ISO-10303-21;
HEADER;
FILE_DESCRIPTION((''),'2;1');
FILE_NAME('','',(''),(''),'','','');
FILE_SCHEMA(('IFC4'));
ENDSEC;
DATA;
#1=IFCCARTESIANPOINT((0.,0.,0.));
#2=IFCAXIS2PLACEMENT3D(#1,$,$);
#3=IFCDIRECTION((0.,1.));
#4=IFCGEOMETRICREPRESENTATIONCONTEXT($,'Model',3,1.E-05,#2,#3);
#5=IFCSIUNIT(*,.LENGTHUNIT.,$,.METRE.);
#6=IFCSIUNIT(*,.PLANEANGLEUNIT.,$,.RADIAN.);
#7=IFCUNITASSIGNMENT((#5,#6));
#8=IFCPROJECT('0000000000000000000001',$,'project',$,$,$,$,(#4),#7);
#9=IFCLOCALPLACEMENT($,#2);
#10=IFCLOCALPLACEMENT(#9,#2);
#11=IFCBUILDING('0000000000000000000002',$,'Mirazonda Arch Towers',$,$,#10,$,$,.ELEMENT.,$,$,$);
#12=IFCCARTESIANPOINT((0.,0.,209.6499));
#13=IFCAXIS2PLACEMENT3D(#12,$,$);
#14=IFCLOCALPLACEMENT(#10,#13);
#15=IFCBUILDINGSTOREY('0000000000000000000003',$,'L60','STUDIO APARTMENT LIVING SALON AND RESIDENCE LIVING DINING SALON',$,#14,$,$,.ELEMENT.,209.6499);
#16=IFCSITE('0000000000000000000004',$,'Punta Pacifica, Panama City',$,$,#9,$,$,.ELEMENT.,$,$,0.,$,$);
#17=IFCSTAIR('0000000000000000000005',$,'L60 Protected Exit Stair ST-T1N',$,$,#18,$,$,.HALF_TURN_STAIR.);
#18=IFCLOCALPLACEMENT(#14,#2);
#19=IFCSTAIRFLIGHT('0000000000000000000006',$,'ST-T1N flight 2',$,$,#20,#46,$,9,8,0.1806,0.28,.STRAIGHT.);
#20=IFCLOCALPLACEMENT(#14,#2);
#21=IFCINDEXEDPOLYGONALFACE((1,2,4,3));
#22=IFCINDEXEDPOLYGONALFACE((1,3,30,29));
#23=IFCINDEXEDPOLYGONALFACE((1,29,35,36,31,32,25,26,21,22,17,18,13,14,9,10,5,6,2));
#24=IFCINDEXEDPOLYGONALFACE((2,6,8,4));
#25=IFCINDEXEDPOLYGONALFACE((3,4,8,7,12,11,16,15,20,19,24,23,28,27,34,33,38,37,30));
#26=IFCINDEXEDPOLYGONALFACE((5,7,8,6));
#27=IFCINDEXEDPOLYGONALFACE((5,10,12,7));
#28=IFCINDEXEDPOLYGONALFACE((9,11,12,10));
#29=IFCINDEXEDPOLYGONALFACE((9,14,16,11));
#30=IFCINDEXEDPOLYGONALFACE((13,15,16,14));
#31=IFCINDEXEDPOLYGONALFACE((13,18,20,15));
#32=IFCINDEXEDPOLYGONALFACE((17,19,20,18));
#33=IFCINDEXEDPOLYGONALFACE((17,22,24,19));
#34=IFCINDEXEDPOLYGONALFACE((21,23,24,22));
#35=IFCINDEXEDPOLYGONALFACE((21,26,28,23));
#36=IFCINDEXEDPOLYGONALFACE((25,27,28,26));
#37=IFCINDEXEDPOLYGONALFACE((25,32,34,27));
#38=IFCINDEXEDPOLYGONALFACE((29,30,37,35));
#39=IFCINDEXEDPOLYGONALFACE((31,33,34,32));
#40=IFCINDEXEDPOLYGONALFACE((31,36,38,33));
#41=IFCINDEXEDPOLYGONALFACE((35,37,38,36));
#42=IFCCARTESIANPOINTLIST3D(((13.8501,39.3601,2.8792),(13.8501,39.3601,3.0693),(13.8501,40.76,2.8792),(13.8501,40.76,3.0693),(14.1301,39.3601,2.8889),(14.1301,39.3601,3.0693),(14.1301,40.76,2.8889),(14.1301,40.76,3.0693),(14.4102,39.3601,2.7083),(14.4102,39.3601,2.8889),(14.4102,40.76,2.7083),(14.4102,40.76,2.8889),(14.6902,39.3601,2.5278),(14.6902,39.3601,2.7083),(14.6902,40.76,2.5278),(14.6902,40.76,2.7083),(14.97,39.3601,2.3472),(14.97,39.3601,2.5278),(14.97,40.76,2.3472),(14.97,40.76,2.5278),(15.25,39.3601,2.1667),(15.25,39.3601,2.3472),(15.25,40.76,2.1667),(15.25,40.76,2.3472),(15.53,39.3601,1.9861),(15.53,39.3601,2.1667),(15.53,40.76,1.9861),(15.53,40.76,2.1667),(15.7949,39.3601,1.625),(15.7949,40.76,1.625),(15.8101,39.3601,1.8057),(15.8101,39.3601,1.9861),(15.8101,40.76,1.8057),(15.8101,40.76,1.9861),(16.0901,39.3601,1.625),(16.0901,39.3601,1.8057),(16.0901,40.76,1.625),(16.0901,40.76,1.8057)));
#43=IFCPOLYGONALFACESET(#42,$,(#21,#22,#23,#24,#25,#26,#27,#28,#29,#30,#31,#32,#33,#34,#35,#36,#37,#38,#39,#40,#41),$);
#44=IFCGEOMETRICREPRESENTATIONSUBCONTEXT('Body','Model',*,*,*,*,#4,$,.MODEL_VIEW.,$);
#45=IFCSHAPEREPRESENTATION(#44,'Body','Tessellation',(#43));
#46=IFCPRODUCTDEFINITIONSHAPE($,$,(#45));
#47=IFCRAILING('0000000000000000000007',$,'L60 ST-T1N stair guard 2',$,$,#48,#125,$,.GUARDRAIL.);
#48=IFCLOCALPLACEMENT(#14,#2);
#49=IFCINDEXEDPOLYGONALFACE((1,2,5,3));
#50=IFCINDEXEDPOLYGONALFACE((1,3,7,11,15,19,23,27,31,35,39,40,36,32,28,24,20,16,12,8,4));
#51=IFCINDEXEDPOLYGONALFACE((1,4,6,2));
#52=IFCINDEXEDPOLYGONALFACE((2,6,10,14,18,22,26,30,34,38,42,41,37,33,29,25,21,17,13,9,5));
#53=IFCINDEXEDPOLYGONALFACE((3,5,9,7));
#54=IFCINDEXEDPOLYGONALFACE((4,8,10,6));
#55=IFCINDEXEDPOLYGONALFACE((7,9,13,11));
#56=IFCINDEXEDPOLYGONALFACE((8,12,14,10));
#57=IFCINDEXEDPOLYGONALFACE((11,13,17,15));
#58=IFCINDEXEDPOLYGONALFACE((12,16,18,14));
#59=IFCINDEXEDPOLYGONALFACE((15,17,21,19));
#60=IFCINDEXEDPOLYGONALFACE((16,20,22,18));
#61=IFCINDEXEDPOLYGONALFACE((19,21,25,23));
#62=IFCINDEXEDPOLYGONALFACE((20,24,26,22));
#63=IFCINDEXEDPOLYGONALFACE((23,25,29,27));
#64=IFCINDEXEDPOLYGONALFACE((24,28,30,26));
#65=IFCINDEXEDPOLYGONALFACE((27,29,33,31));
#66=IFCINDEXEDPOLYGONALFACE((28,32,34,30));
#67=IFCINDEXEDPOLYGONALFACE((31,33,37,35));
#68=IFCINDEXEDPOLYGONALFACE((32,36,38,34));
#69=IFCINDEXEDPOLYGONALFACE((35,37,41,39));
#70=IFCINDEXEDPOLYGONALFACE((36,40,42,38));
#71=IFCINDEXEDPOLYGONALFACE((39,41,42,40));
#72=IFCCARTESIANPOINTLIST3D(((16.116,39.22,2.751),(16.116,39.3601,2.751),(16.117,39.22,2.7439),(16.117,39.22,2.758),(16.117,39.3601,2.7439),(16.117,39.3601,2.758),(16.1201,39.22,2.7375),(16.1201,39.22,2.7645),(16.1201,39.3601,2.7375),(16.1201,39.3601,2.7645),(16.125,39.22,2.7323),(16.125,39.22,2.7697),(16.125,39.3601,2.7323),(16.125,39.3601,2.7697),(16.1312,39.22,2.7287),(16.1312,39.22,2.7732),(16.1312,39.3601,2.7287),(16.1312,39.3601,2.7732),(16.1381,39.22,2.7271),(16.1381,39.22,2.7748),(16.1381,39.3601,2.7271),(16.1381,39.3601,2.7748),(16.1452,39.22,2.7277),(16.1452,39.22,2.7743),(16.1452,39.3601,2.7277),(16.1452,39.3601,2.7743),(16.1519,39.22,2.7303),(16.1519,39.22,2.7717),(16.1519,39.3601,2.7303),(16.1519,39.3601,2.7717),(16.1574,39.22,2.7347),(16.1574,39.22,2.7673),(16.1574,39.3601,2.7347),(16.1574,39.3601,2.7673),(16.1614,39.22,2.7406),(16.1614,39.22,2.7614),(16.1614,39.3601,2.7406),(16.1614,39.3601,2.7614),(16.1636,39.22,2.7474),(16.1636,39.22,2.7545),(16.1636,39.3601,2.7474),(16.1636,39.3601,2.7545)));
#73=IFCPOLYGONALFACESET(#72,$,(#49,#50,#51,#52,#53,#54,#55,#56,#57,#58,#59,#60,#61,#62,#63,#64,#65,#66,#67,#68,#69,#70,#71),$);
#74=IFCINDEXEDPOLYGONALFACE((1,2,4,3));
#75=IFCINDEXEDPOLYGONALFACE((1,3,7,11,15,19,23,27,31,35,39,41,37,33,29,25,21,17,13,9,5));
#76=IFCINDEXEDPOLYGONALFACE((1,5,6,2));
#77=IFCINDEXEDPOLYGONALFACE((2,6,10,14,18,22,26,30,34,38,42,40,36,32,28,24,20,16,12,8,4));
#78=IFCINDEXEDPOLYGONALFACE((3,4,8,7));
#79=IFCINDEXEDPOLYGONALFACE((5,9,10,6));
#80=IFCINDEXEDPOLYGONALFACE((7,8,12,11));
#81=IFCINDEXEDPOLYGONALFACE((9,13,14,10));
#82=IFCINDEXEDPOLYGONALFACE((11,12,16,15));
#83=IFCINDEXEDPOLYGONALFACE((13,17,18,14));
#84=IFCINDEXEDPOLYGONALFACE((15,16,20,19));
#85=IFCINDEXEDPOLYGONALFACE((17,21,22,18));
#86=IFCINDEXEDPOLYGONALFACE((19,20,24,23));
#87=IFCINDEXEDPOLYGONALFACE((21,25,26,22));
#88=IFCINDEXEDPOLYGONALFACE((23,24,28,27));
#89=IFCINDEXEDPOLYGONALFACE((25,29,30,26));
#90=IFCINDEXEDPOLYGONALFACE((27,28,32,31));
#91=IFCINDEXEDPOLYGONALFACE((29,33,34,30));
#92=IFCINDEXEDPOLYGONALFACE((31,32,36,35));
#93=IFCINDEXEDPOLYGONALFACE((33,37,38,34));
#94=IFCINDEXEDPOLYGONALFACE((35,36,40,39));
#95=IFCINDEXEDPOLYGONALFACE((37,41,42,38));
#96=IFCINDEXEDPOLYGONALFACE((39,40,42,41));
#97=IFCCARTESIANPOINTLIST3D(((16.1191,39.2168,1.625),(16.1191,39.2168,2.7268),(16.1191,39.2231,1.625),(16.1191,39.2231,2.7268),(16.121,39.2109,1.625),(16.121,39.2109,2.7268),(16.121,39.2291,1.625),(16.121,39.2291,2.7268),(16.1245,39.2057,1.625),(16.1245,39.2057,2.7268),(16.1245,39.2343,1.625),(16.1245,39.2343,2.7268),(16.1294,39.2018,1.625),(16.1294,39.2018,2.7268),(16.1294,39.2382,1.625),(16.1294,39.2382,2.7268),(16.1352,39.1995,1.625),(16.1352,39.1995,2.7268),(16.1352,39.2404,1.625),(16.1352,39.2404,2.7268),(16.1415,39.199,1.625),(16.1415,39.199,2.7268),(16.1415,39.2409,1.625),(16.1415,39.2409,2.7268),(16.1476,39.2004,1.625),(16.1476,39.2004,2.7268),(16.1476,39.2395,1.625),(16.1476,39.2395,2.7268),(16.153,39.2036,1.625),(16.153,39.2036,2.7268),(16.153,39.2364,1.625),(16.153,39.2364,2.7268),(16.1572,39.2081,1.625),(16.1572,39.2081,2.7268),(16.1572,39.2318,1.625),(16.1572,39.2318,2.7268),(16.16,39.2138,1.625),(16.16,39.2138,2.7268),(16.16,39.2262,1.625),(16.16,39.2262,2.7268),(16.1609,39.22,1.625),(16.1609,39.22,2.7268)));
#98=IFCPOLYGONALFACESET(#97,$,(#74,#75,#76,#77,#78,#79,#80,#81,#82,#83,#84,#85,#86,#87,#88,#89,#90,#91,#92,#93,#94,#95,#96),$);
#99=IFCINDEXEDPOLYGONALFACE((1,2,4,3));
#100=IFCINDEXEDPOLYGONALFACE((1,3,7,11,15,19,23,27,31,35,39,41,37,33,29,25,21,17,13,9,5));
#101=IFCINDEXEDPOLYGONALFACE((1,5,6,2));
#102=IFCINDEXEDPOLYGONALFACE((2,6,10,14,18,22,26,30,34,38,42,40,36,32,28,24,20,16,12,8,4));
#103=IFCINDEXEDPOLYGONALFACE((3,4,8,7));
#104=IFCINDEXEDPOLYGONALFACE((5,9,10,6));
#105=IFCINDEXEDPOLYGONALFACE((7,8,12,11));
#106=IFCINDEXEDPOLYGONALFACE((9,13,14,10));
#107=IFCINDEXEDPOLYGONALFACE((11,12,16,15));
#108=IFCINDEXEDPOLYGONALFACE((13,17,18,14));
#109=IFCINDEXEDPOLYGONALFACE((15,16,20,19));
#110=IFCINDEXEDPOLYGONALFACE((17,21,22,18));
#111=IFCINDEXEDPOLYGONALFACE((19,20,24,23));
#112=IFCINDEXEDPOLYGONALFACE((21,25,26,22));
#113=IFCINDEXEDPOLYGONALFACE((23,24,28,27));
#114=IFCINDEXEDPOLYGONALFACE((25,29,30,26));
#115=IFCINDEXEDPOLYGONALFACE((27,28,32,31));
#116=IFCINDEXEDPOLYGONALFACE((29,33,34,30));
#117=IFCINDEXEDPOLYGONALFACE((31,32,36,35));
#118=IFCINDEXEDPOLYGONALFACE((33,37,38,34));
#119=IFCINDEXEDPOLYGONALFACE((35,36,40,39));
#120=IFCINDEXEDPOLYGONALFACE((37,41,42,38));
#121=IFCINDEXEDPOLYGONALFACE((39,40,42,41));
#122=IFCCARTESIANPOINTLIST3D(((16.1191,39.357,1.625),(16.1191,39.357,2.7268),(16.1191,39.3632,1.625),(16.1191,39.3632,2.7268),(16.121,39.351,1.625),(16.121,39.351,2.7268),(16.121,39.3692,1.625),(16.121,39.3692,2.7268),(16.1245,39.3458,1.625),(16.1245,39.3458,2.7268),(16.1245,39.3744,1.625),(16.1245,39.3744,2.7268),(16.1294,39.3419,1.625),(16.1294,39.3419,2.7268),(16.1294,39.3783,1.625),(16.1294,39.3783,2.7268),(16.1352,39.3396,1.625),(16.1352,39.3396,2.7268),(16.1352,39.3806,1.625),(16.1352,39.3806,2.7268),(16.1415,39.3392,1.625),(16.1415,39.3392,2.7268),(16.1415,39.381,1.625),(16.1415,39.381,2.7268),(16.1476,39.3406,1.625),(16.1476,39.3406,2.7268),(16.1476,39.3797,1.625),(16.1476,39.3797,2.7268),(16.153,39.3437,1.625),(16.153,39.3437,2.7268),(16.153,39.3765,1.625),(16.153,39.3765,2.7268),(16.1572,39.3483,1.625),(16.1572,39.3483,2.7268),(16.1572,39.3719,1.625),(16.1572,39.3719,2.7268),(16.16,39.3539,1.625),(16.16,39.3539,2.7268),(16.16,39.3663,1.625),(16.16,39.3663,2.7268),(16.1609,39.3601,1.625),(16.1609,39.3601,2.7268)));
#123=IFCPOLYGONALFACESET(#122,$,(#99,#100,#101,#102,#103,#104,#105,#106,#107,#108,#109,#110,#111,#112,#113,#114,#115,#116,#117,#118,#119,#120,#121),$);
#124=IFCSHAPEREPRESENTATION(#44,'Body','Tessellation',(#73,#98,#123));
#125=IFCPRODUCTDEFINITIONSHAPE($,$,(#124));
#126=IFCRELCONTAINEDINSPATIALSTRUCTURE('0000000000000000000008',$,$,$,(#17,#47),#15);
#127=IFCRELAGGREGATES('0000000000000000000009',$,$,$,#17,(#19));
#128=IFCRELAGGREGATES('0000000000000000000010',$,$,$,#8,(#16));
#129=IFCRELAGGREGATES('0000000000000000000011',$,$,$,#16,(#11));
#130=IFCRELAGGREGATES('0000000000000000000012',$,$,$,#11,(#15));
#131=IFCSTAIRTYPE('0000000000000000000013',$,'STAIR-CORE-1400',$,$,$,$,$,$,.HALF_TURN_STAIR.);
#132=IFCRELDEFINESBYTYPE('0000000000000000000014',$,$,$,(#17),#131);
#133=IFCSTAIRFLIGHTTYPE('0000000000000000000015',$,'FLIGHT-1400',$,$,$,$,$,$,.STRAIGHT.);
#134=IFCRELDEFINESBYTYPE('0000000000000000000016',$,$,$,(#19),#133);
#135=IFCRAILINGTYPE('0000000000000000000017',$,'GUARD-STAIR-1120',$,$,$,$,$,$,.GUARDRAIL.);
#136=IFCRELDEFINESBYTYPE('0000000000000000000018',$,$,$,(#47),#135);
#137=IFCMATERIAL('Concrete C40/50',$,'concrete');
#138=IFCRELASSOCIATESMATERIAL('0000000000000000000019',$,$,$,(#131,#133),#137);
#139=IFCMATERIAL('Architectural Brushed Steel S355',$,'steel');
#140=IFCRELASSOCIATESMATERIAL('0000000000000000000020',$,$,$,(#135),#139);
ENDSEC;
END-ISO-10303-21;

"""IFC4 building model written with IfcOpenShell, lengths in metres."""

from ifc_helpers import new_model, si_unit, direction, frame, origin, origin_2d, place, context, subcontext, project, spatial, polyline, circle, outline, extrude, material, type_object, element, aggregate, save


model = new_model("IFC4")

# Units and contexts
model_context = context("Model", 3, precision=1e-05, world=origin(), true_north=direction((0.0, 1.0)))
body_context = subcontext(model_context, "Body", "Model", "MODEL_VIEW")
ifc_project = project(units=[si_unit("LENGTHUNIT", "METRE"), si_unit("PLANEANGLEUNIT", "RADIAN")], contexts=[model_context])

# Site, building, storey
site_placement = place(None, origin())
site = spatial("IfcSite", under=ifc_project, at=site_placement, Name="Punta Pacifica, Panama City", CompositionType="ELEMENT", RefElevation=0.0)
building_placement = place(site_placement, origin())
building = spatial("IfcBuilding", under=site, at=building_placement, Name="Mirazonda Arch Towers", CompositionType="ELEMENT")
storey_placement = place(building_placement, frame((0.0, 0.0, 209.6499)))
storey = spatial("IfcBuildingStorey", under=building, at=storey_placement, Name="L60", Description="STUDIO APARTMENT LIVING SALON AND RESIDENCE LIVING DINING SALON", CompositionType="ELEMENT", Elevation=209.6499)

# Shared definitions
ifc_material_1 = material(Name="Concrete C40/50", Category="concrete")

# Shared definitions
ifc_material_2 = material(Name="Architectural Brushed Steel S355", Category="steel")

# Stair, stair flight
stair_type = type_object("IfcStairType", Name="STAIR-CORE-1400", PredefinedType="HALF_TURN_STAIR", material=ifc_material_1)
stair_placement = place(storey_placement, origin())
stair = element("IfcStair", 1, at=stair_placement, inside=storey, type_object=stair_type, Name="L60 Protected Exit Stair ST-T1N", PredefinedType="HALF_TURN_STAIR")
stair_flight_type = type_object("IfcStairFlightType", Name="FLIGHT-1400", PredefinedType="STRAIGHT", material=ifc_material_1)
stair_flight_placement = place(storey_placement, frame((16.0901, 40.0601, 1.625), z_axis=(0.0, 0.0, 1.0), x_axis=(-1.0, 0.0, 0.0)))
stair_flight = element("IfcStairFlight", 2, at=stair_flight_placement, type_object=stair_flight_type, Name="ST-T1N flight 2", NumberOfRisers=9, NumberOfTreads=8, PredefinedType="STRAIGHT", RiserHeight=0.1806, TreadLength=0.28, context=body_context, shape_type="SweptSolid", body=[
    extrude(outline(polyline([(0.0, 0.0), (0.0, 0.1807), (0.28, 0.1807), (0.28, 0.3611), (0.5601, 0.3611), (0.5601, 0.5417), (0.8401, 0.5417), (0.8401, 0.7222), (1.1201, 0.7222), (1.1201, 0.9028), (1.3999, 0.9028), (1.3999, 1.0833), (1.6799, 1.0833), (1.6799, 1.2639), (1.96, 1.2639), (1.96, 1.4443), (2.24, 1.4443), (2.24, 1.625), (2.24, 1.2542), (0.2952, 0.0), (0.0, 0.0)])), frame((0.0, 0.7, 0.0), z_axis=(0.0, -1.0, 0.0), x_axis=(1.0, 0.0, 0.0)), (0.0, 0.0, 1.0), 1.3999),
])
aggregate(stair, [stair_flight])

# Railing
railing_type_1 = type_object("IfcRailingType", Name="GUARD-STAIR-1120", PredefinedType="GUARDRAIL", material=ifc_material_2)
railing_1_placement = place(storey_placement, frame((16.1399, 39.22, 1.625)))
element("IfcRailing", 3, at=railing_1_placement, inside=storey, type_object=railing_type_1, Name="L60 ST-T1N stair guard 2", PredefinedType="GUARDRAIL", context=body_context, shape_type="SweptSolid", body=[
    extrude(circle(Radius=0.0239, at=origin_2d()), frame((0.0, 0.0, 1.126), z_axis=(0.0, 1.0, 0.0), x_axis=(-1.0, 0.0, 0.0)), (0.0, 0.0, 1.0), 0.1401),
    extrude(circle(Radius=0.021, at=origin_2d()), origin(), (0.0, 0.0, 1.0), 1.1018),
    extrude(circle(Radius=0.021, at=origin_2d()), frame((0.0, 0.1401, 0.0)), (0.0, 0.0, 1.0), 1.1018),
])

save(model, "model.ifc")
